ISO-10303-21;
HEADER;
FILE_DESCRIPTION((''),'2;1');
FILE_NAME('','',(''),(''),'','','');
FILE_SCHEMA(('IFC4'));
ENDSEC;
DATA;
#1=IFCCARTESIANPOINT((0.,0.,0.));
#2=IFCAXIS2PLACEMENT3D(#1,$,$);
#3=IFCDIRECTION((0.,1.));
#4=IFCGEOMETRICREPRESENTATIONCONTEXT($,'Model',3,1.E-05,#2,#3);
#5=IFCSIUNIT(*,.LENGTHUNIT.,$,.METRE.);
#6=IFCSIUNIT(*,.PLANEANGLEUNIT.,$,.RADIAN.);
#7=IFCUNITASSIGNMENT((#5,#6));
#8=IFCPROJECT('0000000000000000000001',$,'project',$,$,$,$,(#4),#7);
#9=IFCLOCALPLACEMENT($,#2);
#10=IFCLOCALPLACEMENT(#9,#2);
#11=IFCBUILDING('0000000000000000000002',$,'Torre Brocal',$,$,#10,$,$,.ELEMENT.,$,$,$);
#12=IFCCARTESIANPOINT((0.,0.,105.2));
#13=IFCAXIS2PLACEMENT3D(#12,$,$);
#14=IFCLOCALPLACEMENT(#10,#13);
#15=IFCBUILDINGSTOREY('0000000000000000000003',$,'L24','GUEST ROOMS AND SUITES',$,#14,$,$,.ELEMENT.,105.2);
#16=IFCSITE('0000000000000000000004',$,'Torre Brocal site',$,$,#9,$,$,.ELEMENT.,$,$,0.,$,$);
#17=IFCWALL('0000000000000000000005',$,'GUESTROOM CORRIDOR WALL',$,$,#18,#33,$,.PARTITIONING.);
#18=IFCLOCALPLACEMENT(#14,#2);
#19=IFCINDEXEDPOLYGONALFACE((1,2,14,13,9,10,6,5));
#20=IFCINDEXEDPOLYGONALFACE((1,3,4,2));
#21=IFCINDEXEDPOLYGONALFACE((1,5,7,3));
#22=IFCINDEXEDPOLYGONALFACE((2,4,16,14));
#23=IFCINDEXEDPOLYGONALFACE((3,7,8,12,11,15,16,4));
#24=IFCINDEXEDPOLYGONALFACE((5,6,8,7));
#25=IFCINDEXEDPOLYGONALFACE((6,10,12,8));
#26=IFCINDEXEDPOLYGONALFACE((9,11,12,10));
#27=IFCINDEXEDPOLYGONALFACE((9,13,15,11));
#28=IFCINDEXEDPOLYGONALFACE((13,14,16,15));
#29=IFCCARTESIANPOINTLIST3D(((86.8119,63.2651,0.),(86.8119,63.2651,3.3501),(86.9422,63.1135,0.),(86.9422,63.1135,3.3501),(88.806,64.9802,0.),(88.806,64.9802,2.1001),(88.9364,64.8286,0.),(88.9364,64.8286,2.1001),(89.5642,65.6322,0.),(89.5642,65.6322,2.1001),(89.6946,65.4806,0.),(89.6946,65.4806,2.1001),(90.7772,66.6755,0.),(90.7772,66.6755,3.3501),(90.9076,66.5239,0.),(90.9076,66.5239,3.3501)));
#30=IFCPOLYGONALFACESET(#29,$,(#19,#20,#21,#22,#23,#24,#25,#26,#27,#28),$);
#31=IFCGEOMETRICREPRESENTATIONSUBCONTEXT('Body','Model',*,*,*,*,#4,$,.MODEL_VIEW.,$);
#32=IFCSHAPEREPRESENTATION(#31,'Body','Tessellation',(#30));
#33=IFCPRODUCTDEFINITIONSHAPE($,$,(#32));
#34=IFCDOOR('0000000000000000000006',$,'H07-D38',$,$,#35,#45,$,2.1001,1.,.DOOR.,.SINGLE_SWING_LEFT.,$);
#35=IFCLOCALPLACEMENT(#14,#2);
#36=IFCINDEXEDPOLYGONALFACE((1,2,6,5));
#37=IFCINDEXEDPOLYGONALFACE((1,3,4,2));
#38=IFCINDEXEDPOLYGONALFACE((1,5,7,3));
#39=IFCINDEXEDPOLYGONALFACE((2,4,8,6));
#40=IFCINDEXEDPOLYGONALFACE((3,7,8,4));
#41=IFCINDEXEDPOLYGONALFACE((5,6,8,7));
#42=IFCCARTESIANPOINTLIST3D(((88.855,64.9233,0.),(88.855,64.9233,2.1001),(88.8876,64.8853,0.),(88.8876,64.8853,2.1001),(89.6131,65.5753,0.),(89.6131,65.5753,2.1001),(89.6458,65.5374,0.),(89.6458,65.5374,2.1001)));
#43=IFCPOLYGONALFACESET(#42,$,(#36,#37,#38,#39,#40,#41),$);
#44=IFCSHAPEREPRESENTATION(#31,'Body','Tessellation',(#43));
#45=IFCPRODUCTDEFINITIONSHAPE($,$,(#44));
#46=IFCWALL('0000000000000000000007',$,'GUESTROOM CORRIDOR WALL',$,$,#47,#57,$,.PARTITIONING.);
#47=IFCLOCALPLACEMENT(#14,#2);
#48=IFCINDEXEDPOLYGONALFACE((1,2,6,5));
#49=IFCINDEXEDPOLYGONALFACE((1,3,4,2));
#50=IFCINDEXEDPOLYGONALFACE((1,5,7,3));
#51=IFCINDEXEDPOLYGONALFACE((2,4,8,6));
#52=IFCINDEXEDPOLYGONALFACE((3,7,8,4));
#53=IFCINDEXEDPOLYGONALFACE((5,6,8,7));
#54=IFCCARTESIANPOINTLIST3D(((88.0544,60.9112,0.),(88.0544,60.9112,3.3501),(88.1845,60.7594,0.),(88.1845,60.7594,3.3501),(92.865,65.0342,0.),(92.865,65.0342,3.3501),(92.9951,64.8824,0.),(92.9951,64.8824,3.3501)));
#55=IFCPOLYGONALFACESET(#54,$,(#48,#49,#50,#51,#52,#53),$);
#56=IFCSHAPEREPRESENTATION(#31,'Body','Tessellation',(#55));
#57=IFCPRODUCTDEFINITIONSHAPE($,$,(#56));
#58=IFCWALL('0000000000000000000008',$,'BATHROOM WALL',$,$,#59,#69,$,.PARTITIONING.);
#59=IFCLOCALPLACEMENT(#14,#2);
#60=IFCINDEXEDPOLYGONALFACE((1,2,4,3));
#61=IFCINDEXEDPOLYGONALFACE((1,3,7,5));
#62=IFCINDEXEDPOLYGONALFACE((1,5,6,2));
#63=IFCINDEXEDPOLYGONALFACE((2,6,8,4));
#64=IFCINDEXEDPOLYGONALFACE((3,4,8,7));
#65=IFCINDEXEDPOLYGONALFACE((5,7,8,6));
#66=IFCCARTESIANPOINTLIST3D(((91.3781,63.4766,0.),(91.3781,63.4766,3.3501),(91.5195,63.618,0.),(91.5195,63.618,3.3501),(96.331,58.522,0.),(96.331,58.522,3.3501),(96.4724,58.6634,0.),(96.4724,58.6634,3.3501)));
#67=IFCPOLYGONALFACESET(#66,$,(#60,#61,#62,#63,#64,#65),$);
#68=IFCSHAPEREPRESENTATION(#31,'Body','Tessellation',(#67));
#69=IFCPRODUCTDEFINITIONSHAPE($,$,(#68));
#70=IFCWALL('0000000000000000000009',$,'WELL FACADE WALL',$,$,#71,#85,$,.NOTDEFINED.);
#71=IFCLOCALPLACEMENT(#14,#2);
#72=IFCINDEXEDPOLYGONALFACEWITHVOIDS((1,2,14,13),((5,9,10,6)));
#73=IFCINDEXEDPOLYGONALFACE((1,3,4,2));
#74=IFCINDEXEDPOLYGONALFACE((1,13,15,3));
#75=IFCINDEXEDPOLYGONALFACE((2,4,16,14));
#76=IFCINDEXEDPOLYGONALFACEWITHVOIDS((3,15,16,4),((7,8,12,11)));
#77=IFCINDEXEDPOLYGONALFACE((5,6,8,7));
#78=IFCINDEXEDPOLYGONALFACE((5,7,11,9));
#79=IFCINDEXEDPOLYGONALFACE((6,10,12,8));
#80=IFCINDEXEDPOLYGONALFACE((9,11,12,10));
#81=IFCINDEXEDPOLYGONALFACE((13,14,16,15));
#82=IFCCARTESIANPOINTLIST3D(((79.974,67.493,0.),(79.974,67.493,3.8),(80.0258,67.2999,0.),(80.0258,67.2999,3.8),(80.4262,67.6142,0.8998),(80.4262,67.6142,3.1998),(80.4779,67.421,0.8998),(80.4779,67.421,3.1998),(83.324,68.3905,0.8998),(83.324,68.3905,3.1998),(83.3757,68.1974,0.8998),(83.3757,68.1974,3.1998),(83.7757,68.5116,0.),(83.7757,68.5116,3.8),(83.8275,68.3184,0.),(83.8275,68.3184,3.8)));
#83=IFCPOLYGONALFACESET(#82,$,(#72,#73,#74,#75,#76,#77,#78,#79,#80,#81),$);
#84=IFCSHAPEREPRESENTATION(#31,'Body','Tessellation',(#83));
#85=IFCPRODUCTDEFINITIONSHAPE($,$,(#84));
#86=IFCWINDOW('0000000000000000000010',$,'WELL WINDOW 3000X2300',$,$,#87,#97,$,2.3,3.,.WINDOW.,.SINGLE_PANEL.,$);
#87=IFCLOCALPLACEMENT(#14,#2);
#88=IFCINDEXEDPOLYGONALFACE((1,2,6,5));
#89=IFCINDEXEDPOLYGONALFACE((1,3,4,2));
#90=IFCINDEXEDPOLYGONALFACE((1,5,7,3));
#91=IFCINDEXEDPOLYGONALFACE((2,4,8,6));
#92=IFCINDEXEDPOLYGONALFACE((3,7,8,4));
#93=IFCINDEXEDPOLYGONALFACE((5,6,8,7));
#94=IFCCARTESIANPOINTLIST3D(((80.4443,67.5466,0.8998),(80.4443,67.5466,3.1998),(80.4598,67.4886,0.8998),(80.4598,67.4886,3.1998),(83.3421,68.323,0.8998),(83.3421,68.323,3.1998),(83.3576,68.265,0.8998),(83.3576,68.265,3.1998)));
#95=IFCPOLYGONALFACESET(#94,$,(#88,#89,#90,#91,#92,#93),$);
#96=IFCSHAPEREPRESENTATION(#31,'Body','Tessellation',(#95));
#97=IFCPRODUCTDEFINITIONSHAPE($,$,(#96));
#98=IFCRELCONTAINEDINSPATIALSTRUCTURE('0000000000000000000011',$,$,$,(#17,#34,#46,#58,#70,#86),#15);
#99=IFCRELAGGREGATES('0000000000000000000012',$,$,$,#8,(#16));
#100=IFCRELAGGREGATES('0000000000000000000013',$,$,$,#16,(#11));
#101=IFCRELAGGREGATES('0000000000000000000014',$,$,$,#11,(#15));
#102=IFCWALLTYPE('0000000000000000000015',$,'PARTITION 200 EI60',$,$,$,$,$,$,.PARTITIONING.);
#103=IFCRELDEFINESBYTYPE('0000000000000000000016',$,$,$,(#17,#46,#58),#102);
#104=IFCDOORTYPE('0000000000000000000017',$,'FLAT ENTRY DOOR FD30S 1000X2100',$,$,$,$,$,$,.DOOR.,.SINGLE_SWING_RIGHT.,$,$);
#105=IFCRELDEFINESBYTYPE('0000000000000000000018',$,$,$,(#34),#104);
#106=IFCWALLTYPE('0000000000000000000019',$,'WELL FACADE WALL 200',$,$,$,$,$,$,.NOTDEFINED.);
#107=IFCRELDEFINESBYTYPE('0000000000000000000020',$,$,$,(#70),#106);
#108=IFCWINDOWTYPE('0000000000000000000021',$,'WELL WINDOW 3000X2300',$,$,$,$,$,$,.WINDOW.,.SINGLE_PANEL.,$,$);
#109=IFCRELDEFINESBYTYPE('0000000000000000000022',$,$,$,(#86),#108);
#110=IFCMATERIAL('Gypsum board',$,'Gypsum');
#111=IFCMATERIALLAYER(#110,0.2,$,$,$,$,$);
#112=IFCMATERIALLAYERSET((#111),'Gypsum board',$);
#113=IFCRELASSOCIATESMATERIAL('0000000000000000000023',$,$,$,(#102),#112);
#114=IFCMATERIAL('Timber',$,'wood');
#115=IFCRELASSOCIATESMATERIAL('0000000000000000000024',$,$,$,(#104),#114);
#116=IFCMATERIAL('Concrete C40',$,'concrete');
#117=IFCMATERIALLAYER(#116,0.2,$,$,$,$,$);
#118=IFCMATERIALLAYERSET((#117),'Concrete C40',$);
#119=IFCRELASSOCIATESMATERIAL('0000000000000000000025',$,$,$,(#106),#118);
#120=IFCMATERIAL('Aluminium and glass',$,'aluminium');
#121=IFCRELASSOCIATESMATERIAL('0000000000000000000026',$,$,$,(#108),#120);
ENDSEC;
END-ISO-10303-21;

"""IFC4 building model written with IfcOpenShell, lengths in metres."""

from ifc_helpers import new_model, si_unit, direction, frame, frame_2d, origin, place, context, subcontext, project, spatial, rectangle, extrude, material, layer, layer_set, type_object, element, fill, save


model = new_model("IFC4")

# Units and contexts
model_context = context("Model", 3, precision=1e-05, world=origin(), true_north=direction((0.0, 1.0)))
body_context = subcontext(model_context, "Body", "Model", "MODEL_VIEW")
ifc_project = project(units=[si_unit("LENGTHUNIT", "METRE"), si_unit("PLANEANGLEUNIT", "RADIAN")], contexts=[model_context])

# Site, building, storey
site_placement = place(None, origin())
site = spatial("IfcSite", under=ifc_project, at=site_placement, Name="Torre Brocal site", CompositionType="ELEMENT", RefElevation=0.0)
building_placement = place(site_placement, origin())
building = spatial("IfcBuilding", under=site, at=building_placement, Name="Torre Brocal", CompositionType="ELEMENT")
storey_placement = place(building_placement, frame((0.0, 0.0, 105.2)))
storey = spatial("IfcBuildingStorey", under=building, at=storey_placement, Name="L24", Description="GUEST ROOMS AND SUITES", CompositionType="ELEMENT", Elevation=105.2)

# Shared definitions
ifc_material_1 = material(Name="Gypsum board", Category="Gypsum")
ifc_layer_1 = layer(ifc_material_1, 0.2)
ifc_layer_set_1 = layer_set([ifc_layer_1], Name="Gypsum board")
wall_type_1 = type_object("IfcWallType", Name="PARTITION 200 EI60", PredefinedType="PARTITIONING", material=ifc_layer_set_1)

# Wall, opening, door
ifc_material_2 = material(Name="Timber", Category="wood")
door_type_1 = type_object("IfcDoorType", Name="FLAT ENTRY DOOR FD30S 1000X2100", OperationType="SINGLE_SWING_RIGHT", PredefinedType="DOOR", material=ifc_material_2)
wall_1_placement = place(storey_placement, frame((86.877, 63.1892, 0.0), z_axis=(0.0, 0.0, 1.0), x_axis=(0.758165, 0.652063, 0.0)))
wall_1 = element("IfcWall", 1, at=wall_1_placement, inside=storey, type_object=wall_type_1, Name="GUESTROOM CORRIDOR WALL", PredefinedType="PARTITIONING", context=body_context, shape_type="SweptSolid", body=[
    extrude(rectangle(XDim=5.2302, YDim=0.2, at=frame_2d((2.6152, 0.0))), origin(), (0.0, 0.0, 1.0), 3.3501),
])
opening_1_placement = place(wall_1_placement, frame((2.6304, 0.0, 0.0)))
opening_1 = element("IfcOpeningElement", 2, at=opening_1_placement, cuts=wall_1, PredefinedType="OPENING", context=body_context, shape_type="SweptSolid", body=[
    extrude(rectangle(XDim=1.0, YDim=2.1001, at=frame_2d((0.5, 1.05))), frame((0.0, 0.1099, 0.0), z_axis=(0.0, -1.0, 0.0), x_axis=(1.0, 0.0, 0.0)), (0.0, 0.0, 1.0), 0.22),
])
door_1_placement = place(opening_1_placement, origin())
door_1 = element("IfcDoor", 3, at=door_1_placement, inside=storey, type_object=door_type_1, Name="H07-D38", OperationType="SINGLE_SWING_LEFT", OverallHeight=2.1001, OverallWidth=1.0, PredefinedType="DOOR", context=body_context, shape_type="SweptSolid", body=[
    extrude(rectangle(XDim=1.0, YDim=2.1001, at=frame_2d((0.5, 1.05))), frame((0.0, 0.0249, 0.0), z_axis=(0.0, -1.0, 0.0), x_axis=(1.0, 0.0, 0.0)), (0.0, 0.0, 1.0), 0.05),
])
fill(opening_1, door_1)

# Walls
wall_2_placement = place(storey_placement, frame((88.1194, 60.8352, 0.0), z_axis=(0.0, 0.0, 1.0), x_axis=(0.759278, 0.650766, 0.0)))
element("IfcWall", 4, at=wall_2_placement, inside=storey, type_object=wall_type_1, Name="GUESTROOM CORRIDOR WALL", PredefinedType="PARTITIONING", context=body_context, shape_type="SweptSolid", body=[
    extrude(rectangle(XDim=6.3357, YDim=0.2, at=frame_2d((3.168, 0.0))), origin(), (0.0, 0.0, 1.0), 3.3501),
])
wall_3_placement = place(storey_placement, frame((91.4487, 63.5474, 0.0), z_axis=(0.0, 0.0, 1.0), x_axis=(0.706985, -0.707229, 0.0)))
element("IfcWall", 5, at=wall_3_placement, inside=storey, type_object=wall_type_1, Name="BATHROOM WALL", PredefinedType="PARTITIONING", context=body_context, shape_type="SweptSolid", body=[
    extrude(rectangle(XDim=7.0056, YDim=0.2, at=frame_2d((3.5029, 0.0))), origin(), (0.0, 0.0, 1.0), 3.3501),
])

# Wall, opening, window
ifc_material_3 = material(Name="Concrete C40", Category="concrete")
ifc_layer_2 = layer(ifc_material_3, 0.2)
ifc_layer_set_2 = layer_set([ifc_layer_2], Name="Concrete C40")
wall_type_2 = type_object("IfcWallType", Name="WELL FACADE WALL 200", PredefinedType="NOTDEFINED", material=ifc_layer_set_2)
wall_4_placement = place(storey_placement, frame((80.0, 67.3965, 0.0), z_axis=(0.0, 0.0, 1.0), x_axis=(0.965934, 0.25879, 0.0)))
wall_4 = element("IfcWall", 6, at=wall_4_placement, inside=storey, type_object=wall_type_2, Name="WELL FACADE WALL", PredefinedType="NOTDEFINED", context=body_context, shape_type="SweptSolid", body=[
    extrude(rectangle(XDim=3.9358, YDim=0.2, at=frame_2d((1.9678, 0.0))), origin(), (0.0, 0.0, 1.0), 3.8),
])
opening_2_placement = place(wall_4_placement, frame((0.468, 0.0, 0.8999)))
opening_2 = element("IfcOpeningElement", 7, at=opening_2_placement, cuts=wall_4, PredefinedType="OPENING", context=body_context, shape_type="SweptSolid", body=[
    extrude(rectangle(XDim=3.0, YDim=2.3, at=frame_2d((1.5, 1.1499))), frame((0.0, 0.1099, 0.0), z_axis=(0.0, -1.0, 0.0), x_axis=(1.0, 0.0, 0.0)), (0.0, 0.0, 1.0), 0.22),
])
ifc_material_4 = material(Name="Aluminium and glass", Category="aluminium")
window_type = type_object("IfcWindowType", Name="WELL WINDOW 3000X2300", PartitioningType="SINGLE_PANEL", PredefinedType="WINDOW", material=ifc_material_4)
window_placement = place(opening_2_placement, origin())
window = element("IfcWindow", 8, at=window_placement, inside=storey, type_object=window_type, Name="WELL WINDOW 3000X2300", OverallHeight=2.3, OverallWidth=3.0, PartitioningType="SINGLE_PANEL", PredefinedType="WINDOW", context=body_context, shape_type="SweptSolid", body=[
    extrude(rectangle(XDim=3.0, YDim=2.3, at=frame_2d((1.5, 1.1499))), frame((0.0, 0.03, 0.0), z_axis=(0.0, -1.0, 0.0), x_axis=(1.0, 0.0, 0.0)), (0.0, 0.0, 1.0), 0.0601),
])
fill(opening_2, window)

save(model, "model.ifc")
